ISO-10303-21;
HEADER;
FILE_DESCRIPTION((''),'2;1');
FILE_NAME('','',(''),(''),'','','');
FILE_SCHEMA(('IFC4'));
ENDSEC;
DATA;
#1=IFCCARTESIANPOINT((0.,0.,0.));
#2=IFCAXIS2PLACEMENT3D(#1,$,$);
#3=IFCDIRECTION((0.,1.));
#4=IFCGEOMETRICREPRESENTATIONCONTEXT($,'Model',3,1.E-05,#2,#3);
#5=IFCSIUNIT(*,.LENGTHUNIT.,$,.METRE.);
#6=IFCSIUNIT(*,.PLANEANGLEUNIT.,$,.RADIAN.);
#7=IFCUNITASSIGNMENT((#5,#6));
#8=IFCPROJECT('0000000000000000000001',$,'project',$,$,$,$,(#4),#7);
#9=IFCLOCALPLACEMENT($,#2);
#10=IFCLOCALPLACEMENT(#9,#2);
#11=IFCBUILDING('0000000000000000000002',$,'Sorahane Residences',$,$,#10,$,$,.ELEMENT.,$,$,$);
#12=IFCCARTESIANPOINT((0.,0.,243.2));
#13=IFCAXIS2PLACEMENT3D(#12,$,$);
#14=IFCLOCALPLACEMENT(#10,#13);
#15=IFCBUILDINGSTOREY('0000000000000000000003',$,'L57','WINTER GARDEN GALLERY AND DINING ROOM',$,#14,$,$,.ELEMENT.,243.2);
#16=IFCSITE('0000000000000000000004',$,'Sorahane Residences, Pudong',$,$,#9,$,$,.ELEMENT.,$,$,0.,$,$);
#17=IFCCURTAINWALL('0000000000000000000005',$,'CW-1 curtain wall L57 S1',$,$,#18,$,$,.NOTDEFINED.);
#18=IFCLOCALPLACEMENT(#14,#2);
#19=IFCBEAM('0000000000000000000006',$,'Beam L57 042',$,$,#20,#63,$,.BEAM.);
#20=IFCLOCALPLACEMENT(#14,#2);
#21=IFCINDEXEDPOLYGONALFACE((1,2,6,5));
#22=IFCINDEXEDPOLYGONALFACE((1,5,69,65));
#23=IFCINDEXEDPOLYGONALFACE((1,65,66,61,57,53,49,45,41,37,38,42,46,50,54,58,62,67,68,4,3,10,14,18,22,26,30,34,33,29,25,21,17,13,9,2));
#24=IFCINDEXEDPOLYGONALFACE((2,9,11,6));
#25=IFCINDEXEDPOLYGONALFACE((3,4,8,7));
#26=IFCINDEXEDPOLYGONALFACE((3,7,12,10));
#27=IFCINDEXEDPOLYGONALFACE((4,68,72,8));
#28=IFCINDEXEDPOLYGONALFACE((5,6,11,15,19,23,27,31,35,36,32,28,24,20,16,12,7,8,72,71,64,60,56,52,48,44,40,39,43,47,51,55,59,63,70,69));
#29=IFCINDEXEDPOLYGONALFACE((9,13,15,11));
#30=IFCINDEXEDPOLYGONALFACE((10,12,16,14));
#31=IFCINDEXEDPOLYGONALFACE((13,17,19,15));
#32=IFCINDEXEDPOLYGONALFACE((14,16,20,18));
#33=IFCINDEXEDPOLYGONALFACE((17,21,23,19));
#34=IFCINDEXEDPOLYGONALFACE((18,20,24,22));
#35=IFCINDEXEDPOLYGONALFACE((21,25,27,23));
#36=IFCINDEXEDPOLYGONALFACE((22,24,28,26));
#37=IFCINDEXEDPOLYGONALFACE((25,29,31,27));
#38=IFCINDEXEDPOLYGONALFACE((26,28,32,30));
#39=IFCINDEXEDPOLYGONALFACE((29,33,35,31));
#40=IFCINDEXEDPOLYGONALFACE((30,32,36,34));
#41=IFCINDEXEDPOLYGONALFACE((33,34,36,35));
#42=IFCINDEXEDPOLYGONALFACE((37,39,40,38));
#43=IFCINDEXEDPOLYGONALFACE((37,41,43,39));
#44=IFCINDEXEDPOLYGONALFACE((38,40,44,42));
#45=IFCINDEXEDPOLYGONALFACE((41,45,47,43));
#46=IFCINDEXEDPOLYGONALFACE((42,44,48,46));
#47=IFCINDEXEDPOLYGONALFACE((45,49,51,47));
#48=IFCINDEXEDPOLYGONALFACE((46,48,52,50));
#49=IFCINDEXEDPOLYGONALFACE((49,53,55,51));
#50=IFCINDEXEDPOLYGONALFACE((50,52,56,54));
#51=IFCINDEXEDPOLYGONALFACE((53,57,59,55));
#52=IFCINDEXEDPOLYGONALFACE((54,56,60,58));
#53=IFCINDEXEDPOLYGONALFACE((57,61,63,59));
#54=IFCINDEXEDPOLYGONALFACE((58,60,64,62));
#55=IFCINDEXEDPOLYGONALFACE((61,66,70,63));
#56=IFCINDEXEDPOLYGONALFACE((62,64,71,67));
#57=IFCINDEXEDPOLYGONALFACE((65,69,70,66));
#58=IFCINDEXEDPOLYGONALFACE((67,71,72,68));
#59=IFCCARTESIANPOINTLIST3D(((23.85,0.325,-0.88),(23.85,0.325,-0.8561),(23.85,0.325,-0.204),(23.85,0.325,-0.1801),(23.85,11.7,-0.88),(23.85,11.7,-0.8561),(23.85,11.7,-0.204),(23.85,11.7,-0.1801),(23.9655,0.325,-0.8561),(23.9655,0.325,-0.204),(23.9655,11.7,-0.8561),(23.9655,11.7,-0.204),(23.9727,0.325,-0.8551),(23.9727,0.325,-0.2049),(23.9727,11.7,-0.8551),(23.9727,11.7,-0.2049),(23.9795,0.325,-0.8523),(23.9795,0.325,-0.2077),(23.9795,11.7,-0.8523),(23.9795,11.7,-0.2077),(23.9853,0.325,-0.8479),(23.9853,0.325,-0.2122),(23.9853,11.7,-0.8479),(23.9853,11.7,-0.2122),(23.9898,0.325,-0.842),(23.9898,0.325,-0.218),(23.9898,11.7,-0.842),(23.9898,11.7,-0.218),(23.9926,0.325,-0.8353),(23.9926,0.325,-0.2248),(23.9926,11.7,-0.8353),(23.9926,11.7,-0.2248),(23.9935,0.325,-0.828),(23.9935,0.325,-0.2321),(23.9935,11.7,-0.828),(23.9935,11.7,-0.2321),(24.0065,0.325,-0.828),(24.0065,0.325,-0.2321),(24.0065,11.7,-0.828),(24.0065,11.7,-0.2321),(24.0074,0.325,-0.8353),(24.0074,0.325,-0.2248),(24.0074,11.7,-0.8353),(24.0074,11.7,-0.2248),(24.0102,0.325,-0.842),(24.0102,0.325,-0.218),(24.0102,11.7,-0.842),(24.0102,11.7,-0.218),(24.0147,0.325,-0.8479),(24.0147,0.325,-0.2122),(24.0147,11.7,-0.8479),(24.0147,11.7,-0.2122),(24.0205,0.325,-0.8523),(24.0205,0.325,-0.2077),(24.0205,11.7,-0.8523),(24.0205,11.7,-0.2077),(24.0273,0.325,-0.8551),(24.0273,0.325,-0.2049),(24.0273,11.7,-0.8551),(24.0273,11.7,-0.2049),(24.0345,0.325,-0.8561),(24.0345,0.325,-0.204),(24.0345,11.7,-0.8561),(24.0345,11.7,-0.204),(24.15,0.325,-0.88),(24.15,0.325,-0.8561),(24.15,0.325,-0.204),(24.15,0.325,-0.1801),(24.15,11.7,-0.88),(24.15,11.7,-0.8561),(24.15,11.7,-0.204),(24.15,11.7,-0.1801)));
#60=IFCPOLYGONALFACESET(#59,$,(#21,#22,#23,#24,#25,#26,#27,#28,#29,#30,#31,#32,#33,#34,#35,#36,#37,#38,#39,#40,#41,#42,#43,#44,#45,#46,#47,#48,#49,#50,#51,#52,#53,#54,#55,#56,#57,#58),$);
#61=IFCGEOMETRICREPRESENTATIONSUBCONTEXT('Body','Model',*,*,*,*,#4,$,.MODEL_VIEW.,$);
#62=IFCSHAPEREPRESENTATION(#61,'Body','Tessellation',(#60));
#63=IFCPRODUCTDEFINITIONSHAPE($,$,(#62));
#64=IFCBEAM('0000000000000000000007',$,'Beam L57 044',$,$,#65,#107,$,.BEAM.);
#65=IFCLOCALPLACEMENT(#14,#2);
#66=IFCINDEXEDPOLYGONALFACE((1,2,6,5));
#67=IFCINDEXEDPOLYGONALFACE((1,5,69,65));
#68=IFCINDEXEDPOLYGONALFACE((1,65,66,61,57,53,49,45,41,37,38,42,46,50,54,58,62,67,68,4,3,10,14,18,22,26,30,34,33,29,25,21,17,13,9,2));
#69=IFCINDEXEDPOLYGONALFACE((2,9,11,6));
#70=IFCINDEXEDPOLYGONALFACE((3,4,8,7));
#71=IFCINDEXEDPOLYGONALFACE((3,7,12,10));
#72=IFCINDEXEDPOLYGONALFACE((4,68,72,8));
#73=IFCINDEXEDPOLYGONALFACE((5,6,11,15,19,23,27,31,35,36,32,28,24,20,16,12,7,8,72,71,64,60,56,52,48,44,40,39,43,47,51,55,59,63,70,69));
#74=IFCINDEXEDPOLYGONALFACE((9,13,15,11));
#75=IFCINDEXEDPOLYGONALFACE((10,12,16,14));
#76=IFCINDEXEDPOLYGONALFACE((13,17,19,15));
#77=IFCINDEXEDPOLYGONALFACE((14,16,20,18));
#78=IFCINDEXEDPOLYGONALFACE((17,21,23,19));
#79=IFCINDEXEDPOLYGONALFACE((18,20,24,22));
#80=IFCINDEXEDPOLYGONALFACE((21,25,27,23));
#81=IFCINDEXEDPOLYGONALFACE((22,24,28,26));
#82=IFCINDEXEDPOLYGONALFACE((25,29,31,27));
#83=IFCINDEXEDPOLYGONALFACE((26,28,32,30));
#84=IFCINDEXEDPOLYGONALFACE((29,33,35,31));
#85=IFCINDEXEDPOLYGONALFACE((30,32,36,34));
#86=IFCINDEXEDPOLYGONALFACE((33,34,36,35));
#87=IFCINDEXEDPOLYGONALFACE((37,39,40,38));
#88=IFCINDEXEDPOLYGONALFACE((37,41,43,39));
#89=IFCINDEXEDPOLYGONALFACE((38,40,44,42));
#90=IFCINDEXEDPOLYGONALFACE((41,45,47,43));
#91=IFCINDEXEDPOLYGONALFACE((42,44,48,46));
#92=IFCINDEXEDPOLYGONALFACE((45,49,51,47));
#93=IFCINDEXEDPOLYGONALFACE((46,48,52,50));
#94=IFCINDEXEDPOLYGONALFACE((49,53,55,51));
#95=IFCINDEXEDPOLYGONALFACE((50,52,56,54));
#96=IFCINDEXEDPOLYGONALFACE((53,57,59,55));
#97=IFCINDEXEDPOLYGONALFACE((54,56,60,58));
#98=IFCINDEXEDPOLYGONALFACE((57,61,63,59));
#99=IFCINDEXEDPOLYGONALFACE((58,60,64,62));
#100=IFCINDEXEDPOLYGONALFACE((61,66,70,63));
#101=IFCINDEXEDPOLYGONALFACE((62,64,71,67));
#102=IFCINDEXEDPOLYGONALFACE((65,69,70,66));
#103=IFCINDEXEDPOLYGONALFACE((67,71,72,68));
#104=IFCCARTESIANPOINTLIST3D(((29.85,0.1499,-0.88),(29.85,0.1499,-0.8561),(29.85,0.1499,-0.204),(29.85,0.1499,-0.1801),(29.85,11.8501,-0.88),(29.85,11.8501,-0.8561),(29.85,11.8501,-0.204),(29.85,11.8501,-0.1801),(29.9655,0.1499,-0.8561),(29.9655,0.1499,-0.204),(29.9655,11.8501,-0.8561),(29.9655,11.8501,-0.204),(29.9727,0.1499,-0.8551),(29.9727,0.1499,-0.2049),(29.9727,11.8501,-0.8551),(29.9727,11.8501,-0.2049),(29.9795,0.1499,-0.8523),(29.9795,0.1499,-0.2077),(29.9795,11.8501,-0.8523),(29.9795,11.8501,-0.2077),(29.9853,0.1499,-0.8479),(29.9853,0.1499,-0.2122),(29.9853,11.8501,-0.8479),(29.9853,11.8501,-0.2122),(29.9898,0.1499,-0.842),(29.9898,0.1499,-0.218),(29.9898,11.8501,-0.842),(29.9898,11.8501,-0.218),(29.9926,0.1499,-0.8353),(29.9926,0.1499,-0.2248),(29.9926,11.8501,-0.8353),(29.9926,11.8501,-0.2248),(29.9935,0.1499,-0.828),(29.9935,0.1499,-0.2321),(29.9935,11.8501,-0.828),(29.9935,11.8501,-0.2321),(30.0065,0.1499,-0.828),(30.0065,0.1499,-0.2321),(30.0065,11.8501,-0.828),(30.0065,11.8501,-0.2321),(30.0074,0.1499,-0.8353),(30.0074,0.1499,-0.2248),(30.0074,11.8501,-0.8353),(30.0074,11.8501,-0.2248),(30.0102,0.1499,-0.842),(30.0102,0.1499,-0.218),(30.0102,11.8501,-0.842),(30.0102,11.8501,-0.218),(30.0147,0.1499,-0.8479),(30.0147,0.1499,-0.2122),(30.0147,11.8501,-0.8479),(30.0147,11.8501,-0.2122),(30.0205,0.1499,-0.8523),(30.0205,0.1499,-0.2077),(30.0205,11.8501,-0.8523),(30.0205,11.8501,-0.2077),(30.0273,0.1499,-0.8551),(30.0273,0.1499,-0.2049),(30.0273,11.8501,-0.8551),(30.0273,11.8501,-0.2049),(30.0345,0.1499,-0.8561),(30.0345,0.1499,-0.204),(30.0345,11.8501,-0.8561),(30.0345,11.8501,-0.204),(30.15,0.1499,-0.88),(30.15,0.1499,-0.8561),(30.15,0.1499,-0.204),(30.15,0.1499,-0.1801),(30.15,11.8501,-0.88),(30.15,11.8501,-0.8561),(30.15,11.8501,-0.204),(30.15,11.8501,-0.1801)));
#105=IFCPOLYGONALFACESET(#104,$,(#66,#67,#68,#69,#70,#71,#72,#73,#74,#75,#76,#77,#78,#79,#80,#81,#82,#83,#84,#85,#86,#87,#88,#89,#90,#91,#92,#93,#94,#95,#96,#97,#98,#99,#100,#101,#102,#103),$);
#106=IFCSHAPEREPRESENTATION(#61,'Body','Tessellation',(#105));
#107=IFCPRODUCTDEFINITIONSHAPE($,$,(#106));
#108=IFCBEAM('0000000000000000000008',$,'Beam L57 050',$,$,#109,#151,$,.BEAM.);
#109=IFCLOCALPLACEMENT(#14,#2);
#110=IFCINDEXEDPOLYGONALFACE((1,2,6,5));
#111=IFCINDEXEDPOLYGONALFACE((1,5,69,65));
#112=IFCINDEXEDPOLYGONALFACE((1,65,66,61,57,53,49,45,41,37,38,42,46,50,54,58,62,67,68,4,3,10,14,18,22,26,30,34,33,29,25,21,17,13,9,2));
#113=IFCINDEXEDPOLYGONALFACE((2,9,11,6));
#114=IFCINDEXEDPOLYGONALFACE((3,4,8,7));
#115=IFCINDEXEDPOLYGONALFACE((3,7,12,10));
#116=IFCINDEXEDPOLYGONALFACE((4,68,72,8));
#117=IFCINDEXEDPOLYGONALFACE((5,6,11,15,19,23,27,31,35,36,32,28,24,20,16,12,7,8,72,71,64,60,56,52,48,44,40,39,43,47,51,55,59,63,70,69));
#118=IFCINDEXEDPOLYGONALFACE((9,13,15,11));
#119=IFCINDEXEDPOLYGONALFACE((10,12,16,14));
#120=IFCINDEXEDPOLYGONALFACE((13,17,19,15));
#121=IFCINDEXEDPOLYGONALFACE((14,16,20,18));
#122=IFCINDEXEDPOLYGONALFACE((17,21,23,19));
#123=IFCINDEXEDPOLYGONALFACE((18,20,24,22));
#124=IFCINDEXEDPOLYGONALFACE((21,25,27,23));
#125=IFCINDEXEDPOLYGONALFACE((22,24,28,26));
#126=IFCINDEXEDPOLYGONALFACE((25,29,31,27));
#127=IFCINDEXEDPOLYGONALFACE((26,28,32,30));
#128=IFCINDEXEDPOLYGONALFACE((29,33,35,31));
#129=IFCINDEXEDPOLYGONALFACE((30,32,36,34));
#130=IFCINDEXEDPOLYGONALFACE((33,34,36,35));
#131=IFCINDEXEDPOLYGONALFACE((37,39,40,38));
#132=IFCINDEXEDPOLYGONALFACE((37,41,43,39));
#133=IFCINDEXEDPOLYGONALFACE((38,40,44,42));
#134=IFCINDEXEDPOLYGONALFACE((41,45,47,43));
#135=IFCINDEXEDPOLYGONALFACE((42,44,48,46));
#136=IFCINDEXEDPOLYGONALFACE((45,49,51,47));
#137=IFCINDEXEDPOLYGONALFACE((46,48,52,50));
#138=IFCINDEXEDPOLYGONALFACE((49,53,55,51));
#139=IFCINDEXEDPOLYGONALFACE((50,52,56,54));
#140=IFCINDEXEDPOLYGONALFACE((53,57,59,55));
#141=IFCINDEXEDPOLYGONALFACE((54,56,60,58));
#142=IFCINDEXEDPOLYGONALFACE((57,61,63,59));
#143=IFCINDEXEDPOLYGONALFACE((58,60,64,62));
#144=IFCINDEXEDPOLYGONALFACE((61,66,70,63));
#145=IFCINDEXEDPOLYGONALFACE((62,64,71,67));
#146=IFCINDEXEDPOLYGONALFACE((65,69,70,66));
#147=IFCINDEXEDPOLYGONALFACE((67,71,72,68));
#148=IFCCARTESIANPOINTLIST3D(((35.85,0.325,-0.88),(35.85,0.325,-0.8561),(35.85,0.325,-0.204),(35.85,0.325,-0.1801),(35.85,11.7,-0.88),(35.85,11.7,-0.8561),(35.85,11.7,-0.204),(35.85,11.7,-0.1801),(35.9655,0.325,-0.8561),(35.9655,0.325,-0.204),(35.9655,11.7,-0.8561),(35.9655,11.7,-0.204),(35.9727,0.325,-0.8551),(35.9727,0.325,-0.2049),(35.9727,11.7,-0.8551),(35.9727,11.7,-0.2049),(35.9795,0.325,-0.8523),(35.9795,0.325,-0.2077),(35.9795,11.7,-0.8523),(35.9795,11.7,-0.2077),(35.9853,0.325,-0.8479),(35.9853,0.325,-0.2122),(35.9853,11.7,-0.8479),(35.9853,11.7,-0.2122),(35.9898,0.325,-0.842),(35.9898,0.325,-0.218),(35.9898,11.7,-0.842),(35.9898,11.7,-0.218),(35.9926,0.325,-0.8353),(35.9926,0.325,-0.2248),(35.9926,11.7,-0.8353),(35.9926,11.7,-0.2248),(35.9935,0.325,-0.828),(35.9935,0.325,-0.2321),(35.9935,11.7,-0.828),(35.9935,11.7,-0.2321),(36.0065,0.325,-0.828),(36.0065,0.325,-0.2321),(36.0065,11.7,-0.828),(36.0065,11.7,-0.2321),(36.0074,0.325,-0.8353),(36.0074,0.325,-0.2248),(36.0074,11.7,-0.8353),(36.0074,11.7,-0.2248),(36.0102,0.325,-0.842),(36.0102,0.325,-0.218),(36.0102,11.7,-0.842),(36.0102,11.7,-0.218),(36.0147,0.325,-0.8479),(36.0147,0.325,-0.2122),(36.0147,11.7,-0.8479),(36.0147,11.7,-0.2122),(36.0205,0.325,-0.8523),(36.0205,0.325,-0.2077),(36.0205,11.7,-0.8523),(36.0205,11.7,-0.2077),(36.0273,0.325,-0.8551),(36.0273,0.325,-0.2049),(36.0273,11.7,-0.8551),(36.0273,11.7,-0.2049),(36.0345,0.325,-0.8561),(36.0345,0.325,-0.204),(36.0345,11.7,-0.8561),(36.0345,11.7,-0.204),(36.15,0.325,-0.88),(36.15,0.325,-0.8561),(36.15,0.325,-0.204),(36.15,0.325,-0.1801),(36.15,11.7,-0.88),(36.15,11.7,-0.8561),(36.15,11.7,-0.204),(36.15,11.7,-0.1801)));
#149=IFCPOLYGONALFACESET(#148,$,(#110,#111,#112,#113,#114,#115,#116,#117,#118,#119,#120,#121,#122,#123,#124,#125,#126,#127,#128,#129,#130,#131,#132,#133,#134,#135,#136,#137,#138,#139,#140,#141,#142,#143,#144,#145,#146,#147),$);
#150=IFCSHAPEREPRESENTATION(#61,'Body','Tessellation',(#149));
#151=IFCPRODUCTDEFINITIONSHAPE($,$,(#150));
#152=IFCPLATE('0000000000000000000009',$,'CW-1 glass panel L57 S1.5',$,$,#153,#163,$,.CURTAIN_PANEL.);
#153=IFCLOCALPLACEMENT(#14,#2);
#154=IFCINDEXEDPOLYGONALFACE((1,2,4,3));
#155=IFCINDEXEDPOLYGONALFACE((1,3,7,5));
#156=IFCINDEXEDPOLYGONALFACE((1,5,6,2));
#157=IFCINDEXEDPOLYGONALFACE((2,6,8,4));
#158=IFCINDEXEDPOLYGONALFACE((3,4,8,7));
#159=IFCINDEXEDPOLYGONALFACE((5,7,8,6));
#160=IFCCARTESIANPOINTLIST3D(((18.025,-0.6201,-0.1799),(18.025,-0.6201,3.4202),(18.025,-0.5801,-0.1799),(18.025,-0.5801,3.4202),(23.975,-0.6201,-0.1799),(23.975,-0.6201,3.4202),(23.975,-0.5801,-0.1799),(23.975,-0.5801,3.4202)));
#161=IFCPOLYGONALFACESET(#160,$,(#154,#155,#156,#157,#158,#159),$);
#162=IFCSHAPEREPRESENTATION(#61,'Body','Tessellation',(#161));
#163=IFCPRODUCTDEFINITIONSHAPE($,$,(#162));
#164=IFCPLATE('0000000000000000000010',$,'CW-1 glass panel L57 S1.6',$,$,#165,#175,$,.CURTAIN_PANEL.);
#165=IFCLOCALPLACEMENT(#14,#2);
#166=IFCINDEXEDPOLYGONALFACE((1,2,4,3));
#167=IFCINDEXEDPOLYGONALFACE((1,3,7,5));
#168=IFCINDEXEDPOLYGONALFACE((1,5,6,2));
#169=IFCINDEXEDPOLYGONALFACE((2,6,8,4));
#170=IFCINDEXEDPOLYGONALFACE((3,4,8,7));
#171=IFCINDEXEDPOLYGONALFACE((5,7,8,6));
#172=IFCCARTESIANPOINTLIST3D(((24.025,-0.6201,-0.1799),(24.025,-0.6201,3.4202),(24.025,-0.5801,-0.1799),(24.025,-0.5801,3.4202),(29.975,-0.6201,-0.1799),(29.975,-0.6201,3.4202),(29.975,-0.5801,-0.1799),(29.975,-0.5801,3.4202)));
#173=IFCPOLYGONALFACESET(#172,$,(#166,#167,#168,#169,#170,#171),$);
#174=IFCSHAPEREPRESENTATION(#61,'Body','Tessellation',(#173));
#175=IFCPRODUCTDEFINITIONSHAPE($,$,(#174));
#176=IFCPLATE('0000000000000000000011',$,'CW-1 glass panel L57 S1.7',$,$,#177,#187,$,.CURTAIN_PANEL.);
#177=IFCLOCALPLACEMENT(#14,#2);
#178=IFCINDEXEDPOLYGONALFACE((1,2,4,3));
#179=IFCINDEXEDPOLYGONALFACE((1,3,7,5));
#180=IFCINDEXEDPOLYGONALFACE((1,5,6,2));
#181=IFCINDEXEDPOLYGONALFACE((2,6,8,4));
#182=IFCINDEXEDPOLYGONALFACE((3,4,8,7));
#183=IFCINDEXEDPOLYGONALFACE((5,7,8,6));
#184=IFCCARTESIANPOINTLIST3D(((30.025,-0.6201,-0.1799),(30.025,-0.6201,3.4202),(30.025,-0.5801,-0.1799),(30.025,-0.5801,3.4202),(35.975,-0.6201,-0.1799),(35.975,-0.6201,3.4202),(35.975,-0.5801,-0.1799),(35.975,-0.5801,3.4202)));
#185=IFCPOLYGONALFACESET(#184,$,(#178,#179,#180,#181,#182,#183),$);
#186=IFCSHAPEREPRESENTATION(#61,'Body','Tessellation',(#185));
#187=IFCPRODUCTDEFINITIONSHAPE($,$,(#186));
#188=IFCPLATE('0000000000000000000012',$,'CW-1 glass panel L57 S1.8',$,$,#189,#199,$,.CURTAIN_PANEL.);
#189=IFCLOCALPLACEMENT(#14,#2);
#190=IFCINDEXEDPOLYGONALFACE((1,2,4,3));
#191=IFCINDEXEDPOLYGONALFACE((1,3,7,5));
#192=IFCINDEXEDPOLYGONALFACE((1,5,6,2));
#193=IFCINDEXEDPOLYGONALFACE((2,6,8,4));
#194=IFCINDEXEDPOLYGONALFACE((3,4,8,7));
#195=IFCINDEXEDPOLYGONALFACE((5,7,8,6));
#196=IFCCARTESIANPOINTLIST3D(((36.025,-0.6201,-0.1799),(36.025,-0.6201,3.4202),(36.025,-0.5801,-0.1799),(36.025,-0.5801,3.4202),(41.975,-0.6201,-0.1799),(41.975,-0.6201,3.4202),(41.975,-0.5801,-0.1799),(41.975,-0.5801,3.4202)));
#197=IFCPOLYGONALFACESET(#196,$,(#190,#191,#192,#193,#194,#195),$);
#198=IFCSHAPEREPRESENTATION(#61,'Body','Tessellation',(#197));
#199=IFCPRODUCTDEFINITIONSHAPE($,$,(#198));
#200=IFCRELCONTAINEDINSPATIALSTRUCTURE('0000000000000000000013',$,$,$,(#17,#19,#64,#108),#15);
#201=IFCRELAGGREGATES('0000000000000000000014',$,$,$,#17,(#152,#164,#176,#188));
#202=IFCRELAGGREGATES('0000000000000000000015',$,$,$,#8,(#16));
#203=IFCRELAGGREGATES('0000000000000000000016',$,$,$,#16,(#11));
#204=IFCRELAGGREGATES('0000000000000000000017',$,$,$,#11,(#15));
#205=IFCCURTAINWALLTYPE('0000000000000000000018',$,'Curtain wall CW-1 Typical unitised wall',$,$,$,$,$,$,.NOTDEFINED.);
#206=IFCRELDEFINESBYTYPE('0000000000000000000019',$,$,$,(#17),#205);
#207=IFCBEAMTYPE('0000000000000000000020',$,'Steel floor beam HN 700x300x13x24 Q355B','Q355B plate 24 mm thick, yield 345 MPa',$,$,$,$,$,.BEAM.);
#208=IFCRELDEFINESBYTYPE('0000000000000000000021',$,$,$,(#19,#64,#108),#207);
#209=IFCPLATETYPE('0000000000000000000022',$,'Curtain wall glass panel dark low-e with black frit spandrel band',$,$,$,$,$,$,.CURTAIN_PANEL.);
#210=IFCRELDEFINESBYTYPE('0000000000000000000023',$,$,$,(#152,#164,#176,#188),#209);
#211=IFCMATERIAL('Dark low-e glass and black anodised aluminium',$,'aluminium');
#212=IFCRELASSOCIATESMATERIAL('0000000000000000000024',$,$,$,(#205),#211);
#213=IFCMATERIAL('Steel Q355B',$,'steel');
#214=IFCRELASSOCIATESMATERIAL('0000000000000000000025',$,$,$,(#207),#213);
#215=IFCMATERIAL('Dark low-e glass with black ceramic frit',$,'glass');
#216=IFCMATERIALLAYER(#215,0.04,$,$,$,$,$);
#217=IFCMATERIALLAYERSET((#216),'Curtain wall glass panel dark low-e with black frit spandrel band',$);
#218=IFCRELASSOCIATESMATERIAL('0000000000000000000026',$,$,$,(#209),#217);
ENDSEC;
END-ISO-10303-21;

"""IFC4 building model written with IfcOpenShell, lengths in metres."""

from ifc_helpers import new_model, si_unit, direction, frame, origin, origin_2d, place, context, subcontext, project, spatial, rectangle, i_section, extrude, material, layer, layer_set, material_profile, profile_set, type_object, element, aggregate, save


model = new_model("IFC4")

# Units and contexts
model_context = context("Model", 3, precision=1e-05, world=origin(), true_north=direction((0.0, 1.0)))
body_context = subcontext(model_context, "Body", "Model", "MODEL_VIEW")
ifc_project = project(units=[si_unit("LENGTHUNIT", "METRE"), si_unit("PLANEANGLEUNIT", "RADIAN")], contexts=[model_context])

# Site, building, storey
site_placement = place(None, origin())
site = spatial("IfcSite", under=ifc_project, at=site_placement, Name="Sorahane Residences, Pudong", CompositionType="ELEMENT", RefElevation=0.0)
building_placement = place(site_placement, origin())
building = spatial("IfcBuilding", under=site, at=building_placement, Name="Sorahane Residences", CompositionType="ELEMENT")
storey_placement = place(building_placement, frame((0.0, 0.0, 243.2)))
storey = spatial("IfcBuildingStorey", under=building, at=storey_placement, Name="L57", Description="WINTER GARDEN GALLERY AND DINING ROOM", CompositionType="ELEMENT", Elevation=243.2)

# Curtain wall
ifc_material_1 = material(Name="Dark low-e glass and black anodised aluminium", Category="aluminium")
curtain_wall_type = type_object("IfcCurtainWallType", Name="Curtain wall CW-1 Typical unitised wall", PredefinedType="NOTDEFINED", material=ifc_material_1)
curtain_wall_placement = place(storey_placement, origin())
curtain_wall = element("IfcCurtainWall", 1, at=curtain_wall_placement, inside=storey, type_object=curtain_wall_type, Name="CW-1 curtain wall L57 S1", PredefinedType="NOTDEFINED")

# Beams
ifc_material_2 = material(Name="Steel Q355B", Category="steel")
ifc_material_profile_1 = material_profile(ifc_material_2, i_section(OverallWidth=0.3, OverallDepth=0.7, WebThickness=0.0129, FlangeThickness=0.0239, FilletRadius=0.0281, at=origin_2d()), Name="HN 700x300x13x24")
ifc_profile_set_1 = profile_set([ifc_material_profile_1], Name="Steel Q355B")
beam_type_1 = type_object("IfcBeamType", Name="Steel floor beam HN 700x300x13x24 Q355B", Description="Q355B plate 24 mm thick, yield 345 MPa", PredefinedType="BEAM", material=ifc_profile_set_1)
beam_1_placement = place(storey_placement, frame((24.0, 0.325, -0.53), z_axis=(0.0, 1.0, 0.0), x_axis=(-1.0, 0.0, 0.0)))
element("IfcBeam", 2, at=beam_1_placement, inside=storey, type_object=beam_type_1, Name="Beam L57 042", PredefinedType="BEAM", context=body_context, shape_type="SweptSolid", body=[
    extrude(i_section(OverallWidth=0.3, OverallDepth=0.7, WebThickness=0.0129, FlangeThickness=0.0239, FilletRadius=0.0281, at=origin_2d()), origin(), (0.0, 0.0, 1.0), 11.375),
])
beam_2_placement = place(storey_placement, frame((30.0, 0.1499, -0.53), z_axis=(0.0, 1.0, 0.0), x_axis=(-1.0, 0.0, 0.0)))
element("IfcBeam", 3, at=beam_2_placement, inside=storey, type_object=beam_type_1, Name="Beam L57 044", PredefinedType="BEAM", context=body_context, shape_type="SweptSolid", body=[
    extrude(i_section(OverallWidth=0.3, OverallDepth=0.7, WebThickness=0.0129, FlangeThickness=0.0239, FilletRadius=0.0281, at=origin_2d()), origin(), (0.0, 0.0, 1.0), 11.7002),
])
beam_3_placement = place(storey_placement, frame((36.0, 0.325, -0.53), z_axis=(0.0, 1.0, 0.0), x_axis=(-1.0, 0.0, 0.0)))
element("IfcBeam", 4, at=beam_3_placement, inside=storey, type_object=beam_type_1, Name="Beam L57 050", PredefinedType="BEAM", context=body_context, shape_type="SweptSolid", body=[
    extrude(i_section(OverallWidth=0.3, OverallDepth=0.7, WebThickness=0.0129, FlangeThickness=0.0239, FilletRadius=0.0281, at=origin_2d()), origin(), (0.0, 0.0, 1.0), 11.375),
])

# Plates
ifc_material_3 = material(Name="Dark low-e glass with black ceramic frit", Category="glass")
ifc_layer_1 = layer(ifc_material_3, 0.04)
ifc_layer_set_1 = layer_set([ifc_layer_1], Name="Curtain wall glass panel dark low-e with black frit spandrel band")
plate_type = type_object("IfcPlateType", Name="Curtain wall glass panel dark low-e with black frit spandrel band", PredefinedType="CURTAIN_PANEL", material=ifc_layer_set_1)
plate_1_placement = place(storey_placement, frame((21.0, -0.6001, -0.1799), z_axis=(0.0, 0.0, 1.0), x_axis=(1.0, 0.0, 0.0)))
plate_1 = element("IfcPlate", 5, at=plate_1_placement, type_object=plate_type, Name="CW-1 glass panel L57 S1.5", PredefinedType="CURTAIN_PANEL", context=body_context, shape_type="SweptSolid", body=[
    extrude(rectangle(XDim=5.95, YDim=0.04, at=origin_2d()), origin(), (0.0, 0.0, 1.0), 3.6001),
])
plate_2_placement = place(storey_placement, frame((27.0, -0.6001, -0.1799), z_axis=(0.0, 0.0, 1.0), x_axis=(1.0, 0.0, 0.0)))
plate_2 = element("IfcPlate", 6, at=plate_2_placement, type_object=plate_type, Name="CW-1 glass panel L57 S1.6", PredefinedType="CURTAIN_PANEL", context=body_context, shape_type="SweptSolid", body=[
    extrude(rectangle(XDim=5.95, YDim=0.04, at=origin_2d()), origin(), (0.0, 0.0, 1.0), 3.6001),
])
plate_3_placement = place(storey_placement, frame((33.0, -0.6001, -0.1799), z_axis=(0.0, 0.0, 1.0), x_axis=(1.0, 0.0, 0.0)))
plate_3 = element("IfcPlate", 7, at=plate_3_placement, type_object=plate_type, Name="CW-1 glass panel L57 S1.7", PredefinedType="CURTAIN_PANEL", context=body_context, shape_type="SweptSolid", body=[
    extrude(rectangle(XDim=5.95, YDim=0.04, at=origin_2d()), origin(), (0.0, 0.0, 1.0), 3.6001),
])
plate_4_placement = place(storey_placement, frame((39.0, -0.6001, -0.1799), z_axis=(0.0, 0.0, 1.0), x_axis=(1.0, 0.0, 0.0)))
plate_4 = element("IfcPlate", 8, at=plate_4_placement, type_object=plate_type, Name="CW-1 glass panel L57 S1.8", PredefinedType="CURTAIN_PANEL", context=body_context, shape_type="SweptSolid", body=[
    extrude(rectangle(XDim=5.95, YDim=0.04, at=origin_2d()), origin(), (0.0, 0.0, 1.0), 3.6001),
])
aggregate(curtain_wall, [plate_1, plate_2, plate_3, plate_4])

save(model, "model.ifc")
